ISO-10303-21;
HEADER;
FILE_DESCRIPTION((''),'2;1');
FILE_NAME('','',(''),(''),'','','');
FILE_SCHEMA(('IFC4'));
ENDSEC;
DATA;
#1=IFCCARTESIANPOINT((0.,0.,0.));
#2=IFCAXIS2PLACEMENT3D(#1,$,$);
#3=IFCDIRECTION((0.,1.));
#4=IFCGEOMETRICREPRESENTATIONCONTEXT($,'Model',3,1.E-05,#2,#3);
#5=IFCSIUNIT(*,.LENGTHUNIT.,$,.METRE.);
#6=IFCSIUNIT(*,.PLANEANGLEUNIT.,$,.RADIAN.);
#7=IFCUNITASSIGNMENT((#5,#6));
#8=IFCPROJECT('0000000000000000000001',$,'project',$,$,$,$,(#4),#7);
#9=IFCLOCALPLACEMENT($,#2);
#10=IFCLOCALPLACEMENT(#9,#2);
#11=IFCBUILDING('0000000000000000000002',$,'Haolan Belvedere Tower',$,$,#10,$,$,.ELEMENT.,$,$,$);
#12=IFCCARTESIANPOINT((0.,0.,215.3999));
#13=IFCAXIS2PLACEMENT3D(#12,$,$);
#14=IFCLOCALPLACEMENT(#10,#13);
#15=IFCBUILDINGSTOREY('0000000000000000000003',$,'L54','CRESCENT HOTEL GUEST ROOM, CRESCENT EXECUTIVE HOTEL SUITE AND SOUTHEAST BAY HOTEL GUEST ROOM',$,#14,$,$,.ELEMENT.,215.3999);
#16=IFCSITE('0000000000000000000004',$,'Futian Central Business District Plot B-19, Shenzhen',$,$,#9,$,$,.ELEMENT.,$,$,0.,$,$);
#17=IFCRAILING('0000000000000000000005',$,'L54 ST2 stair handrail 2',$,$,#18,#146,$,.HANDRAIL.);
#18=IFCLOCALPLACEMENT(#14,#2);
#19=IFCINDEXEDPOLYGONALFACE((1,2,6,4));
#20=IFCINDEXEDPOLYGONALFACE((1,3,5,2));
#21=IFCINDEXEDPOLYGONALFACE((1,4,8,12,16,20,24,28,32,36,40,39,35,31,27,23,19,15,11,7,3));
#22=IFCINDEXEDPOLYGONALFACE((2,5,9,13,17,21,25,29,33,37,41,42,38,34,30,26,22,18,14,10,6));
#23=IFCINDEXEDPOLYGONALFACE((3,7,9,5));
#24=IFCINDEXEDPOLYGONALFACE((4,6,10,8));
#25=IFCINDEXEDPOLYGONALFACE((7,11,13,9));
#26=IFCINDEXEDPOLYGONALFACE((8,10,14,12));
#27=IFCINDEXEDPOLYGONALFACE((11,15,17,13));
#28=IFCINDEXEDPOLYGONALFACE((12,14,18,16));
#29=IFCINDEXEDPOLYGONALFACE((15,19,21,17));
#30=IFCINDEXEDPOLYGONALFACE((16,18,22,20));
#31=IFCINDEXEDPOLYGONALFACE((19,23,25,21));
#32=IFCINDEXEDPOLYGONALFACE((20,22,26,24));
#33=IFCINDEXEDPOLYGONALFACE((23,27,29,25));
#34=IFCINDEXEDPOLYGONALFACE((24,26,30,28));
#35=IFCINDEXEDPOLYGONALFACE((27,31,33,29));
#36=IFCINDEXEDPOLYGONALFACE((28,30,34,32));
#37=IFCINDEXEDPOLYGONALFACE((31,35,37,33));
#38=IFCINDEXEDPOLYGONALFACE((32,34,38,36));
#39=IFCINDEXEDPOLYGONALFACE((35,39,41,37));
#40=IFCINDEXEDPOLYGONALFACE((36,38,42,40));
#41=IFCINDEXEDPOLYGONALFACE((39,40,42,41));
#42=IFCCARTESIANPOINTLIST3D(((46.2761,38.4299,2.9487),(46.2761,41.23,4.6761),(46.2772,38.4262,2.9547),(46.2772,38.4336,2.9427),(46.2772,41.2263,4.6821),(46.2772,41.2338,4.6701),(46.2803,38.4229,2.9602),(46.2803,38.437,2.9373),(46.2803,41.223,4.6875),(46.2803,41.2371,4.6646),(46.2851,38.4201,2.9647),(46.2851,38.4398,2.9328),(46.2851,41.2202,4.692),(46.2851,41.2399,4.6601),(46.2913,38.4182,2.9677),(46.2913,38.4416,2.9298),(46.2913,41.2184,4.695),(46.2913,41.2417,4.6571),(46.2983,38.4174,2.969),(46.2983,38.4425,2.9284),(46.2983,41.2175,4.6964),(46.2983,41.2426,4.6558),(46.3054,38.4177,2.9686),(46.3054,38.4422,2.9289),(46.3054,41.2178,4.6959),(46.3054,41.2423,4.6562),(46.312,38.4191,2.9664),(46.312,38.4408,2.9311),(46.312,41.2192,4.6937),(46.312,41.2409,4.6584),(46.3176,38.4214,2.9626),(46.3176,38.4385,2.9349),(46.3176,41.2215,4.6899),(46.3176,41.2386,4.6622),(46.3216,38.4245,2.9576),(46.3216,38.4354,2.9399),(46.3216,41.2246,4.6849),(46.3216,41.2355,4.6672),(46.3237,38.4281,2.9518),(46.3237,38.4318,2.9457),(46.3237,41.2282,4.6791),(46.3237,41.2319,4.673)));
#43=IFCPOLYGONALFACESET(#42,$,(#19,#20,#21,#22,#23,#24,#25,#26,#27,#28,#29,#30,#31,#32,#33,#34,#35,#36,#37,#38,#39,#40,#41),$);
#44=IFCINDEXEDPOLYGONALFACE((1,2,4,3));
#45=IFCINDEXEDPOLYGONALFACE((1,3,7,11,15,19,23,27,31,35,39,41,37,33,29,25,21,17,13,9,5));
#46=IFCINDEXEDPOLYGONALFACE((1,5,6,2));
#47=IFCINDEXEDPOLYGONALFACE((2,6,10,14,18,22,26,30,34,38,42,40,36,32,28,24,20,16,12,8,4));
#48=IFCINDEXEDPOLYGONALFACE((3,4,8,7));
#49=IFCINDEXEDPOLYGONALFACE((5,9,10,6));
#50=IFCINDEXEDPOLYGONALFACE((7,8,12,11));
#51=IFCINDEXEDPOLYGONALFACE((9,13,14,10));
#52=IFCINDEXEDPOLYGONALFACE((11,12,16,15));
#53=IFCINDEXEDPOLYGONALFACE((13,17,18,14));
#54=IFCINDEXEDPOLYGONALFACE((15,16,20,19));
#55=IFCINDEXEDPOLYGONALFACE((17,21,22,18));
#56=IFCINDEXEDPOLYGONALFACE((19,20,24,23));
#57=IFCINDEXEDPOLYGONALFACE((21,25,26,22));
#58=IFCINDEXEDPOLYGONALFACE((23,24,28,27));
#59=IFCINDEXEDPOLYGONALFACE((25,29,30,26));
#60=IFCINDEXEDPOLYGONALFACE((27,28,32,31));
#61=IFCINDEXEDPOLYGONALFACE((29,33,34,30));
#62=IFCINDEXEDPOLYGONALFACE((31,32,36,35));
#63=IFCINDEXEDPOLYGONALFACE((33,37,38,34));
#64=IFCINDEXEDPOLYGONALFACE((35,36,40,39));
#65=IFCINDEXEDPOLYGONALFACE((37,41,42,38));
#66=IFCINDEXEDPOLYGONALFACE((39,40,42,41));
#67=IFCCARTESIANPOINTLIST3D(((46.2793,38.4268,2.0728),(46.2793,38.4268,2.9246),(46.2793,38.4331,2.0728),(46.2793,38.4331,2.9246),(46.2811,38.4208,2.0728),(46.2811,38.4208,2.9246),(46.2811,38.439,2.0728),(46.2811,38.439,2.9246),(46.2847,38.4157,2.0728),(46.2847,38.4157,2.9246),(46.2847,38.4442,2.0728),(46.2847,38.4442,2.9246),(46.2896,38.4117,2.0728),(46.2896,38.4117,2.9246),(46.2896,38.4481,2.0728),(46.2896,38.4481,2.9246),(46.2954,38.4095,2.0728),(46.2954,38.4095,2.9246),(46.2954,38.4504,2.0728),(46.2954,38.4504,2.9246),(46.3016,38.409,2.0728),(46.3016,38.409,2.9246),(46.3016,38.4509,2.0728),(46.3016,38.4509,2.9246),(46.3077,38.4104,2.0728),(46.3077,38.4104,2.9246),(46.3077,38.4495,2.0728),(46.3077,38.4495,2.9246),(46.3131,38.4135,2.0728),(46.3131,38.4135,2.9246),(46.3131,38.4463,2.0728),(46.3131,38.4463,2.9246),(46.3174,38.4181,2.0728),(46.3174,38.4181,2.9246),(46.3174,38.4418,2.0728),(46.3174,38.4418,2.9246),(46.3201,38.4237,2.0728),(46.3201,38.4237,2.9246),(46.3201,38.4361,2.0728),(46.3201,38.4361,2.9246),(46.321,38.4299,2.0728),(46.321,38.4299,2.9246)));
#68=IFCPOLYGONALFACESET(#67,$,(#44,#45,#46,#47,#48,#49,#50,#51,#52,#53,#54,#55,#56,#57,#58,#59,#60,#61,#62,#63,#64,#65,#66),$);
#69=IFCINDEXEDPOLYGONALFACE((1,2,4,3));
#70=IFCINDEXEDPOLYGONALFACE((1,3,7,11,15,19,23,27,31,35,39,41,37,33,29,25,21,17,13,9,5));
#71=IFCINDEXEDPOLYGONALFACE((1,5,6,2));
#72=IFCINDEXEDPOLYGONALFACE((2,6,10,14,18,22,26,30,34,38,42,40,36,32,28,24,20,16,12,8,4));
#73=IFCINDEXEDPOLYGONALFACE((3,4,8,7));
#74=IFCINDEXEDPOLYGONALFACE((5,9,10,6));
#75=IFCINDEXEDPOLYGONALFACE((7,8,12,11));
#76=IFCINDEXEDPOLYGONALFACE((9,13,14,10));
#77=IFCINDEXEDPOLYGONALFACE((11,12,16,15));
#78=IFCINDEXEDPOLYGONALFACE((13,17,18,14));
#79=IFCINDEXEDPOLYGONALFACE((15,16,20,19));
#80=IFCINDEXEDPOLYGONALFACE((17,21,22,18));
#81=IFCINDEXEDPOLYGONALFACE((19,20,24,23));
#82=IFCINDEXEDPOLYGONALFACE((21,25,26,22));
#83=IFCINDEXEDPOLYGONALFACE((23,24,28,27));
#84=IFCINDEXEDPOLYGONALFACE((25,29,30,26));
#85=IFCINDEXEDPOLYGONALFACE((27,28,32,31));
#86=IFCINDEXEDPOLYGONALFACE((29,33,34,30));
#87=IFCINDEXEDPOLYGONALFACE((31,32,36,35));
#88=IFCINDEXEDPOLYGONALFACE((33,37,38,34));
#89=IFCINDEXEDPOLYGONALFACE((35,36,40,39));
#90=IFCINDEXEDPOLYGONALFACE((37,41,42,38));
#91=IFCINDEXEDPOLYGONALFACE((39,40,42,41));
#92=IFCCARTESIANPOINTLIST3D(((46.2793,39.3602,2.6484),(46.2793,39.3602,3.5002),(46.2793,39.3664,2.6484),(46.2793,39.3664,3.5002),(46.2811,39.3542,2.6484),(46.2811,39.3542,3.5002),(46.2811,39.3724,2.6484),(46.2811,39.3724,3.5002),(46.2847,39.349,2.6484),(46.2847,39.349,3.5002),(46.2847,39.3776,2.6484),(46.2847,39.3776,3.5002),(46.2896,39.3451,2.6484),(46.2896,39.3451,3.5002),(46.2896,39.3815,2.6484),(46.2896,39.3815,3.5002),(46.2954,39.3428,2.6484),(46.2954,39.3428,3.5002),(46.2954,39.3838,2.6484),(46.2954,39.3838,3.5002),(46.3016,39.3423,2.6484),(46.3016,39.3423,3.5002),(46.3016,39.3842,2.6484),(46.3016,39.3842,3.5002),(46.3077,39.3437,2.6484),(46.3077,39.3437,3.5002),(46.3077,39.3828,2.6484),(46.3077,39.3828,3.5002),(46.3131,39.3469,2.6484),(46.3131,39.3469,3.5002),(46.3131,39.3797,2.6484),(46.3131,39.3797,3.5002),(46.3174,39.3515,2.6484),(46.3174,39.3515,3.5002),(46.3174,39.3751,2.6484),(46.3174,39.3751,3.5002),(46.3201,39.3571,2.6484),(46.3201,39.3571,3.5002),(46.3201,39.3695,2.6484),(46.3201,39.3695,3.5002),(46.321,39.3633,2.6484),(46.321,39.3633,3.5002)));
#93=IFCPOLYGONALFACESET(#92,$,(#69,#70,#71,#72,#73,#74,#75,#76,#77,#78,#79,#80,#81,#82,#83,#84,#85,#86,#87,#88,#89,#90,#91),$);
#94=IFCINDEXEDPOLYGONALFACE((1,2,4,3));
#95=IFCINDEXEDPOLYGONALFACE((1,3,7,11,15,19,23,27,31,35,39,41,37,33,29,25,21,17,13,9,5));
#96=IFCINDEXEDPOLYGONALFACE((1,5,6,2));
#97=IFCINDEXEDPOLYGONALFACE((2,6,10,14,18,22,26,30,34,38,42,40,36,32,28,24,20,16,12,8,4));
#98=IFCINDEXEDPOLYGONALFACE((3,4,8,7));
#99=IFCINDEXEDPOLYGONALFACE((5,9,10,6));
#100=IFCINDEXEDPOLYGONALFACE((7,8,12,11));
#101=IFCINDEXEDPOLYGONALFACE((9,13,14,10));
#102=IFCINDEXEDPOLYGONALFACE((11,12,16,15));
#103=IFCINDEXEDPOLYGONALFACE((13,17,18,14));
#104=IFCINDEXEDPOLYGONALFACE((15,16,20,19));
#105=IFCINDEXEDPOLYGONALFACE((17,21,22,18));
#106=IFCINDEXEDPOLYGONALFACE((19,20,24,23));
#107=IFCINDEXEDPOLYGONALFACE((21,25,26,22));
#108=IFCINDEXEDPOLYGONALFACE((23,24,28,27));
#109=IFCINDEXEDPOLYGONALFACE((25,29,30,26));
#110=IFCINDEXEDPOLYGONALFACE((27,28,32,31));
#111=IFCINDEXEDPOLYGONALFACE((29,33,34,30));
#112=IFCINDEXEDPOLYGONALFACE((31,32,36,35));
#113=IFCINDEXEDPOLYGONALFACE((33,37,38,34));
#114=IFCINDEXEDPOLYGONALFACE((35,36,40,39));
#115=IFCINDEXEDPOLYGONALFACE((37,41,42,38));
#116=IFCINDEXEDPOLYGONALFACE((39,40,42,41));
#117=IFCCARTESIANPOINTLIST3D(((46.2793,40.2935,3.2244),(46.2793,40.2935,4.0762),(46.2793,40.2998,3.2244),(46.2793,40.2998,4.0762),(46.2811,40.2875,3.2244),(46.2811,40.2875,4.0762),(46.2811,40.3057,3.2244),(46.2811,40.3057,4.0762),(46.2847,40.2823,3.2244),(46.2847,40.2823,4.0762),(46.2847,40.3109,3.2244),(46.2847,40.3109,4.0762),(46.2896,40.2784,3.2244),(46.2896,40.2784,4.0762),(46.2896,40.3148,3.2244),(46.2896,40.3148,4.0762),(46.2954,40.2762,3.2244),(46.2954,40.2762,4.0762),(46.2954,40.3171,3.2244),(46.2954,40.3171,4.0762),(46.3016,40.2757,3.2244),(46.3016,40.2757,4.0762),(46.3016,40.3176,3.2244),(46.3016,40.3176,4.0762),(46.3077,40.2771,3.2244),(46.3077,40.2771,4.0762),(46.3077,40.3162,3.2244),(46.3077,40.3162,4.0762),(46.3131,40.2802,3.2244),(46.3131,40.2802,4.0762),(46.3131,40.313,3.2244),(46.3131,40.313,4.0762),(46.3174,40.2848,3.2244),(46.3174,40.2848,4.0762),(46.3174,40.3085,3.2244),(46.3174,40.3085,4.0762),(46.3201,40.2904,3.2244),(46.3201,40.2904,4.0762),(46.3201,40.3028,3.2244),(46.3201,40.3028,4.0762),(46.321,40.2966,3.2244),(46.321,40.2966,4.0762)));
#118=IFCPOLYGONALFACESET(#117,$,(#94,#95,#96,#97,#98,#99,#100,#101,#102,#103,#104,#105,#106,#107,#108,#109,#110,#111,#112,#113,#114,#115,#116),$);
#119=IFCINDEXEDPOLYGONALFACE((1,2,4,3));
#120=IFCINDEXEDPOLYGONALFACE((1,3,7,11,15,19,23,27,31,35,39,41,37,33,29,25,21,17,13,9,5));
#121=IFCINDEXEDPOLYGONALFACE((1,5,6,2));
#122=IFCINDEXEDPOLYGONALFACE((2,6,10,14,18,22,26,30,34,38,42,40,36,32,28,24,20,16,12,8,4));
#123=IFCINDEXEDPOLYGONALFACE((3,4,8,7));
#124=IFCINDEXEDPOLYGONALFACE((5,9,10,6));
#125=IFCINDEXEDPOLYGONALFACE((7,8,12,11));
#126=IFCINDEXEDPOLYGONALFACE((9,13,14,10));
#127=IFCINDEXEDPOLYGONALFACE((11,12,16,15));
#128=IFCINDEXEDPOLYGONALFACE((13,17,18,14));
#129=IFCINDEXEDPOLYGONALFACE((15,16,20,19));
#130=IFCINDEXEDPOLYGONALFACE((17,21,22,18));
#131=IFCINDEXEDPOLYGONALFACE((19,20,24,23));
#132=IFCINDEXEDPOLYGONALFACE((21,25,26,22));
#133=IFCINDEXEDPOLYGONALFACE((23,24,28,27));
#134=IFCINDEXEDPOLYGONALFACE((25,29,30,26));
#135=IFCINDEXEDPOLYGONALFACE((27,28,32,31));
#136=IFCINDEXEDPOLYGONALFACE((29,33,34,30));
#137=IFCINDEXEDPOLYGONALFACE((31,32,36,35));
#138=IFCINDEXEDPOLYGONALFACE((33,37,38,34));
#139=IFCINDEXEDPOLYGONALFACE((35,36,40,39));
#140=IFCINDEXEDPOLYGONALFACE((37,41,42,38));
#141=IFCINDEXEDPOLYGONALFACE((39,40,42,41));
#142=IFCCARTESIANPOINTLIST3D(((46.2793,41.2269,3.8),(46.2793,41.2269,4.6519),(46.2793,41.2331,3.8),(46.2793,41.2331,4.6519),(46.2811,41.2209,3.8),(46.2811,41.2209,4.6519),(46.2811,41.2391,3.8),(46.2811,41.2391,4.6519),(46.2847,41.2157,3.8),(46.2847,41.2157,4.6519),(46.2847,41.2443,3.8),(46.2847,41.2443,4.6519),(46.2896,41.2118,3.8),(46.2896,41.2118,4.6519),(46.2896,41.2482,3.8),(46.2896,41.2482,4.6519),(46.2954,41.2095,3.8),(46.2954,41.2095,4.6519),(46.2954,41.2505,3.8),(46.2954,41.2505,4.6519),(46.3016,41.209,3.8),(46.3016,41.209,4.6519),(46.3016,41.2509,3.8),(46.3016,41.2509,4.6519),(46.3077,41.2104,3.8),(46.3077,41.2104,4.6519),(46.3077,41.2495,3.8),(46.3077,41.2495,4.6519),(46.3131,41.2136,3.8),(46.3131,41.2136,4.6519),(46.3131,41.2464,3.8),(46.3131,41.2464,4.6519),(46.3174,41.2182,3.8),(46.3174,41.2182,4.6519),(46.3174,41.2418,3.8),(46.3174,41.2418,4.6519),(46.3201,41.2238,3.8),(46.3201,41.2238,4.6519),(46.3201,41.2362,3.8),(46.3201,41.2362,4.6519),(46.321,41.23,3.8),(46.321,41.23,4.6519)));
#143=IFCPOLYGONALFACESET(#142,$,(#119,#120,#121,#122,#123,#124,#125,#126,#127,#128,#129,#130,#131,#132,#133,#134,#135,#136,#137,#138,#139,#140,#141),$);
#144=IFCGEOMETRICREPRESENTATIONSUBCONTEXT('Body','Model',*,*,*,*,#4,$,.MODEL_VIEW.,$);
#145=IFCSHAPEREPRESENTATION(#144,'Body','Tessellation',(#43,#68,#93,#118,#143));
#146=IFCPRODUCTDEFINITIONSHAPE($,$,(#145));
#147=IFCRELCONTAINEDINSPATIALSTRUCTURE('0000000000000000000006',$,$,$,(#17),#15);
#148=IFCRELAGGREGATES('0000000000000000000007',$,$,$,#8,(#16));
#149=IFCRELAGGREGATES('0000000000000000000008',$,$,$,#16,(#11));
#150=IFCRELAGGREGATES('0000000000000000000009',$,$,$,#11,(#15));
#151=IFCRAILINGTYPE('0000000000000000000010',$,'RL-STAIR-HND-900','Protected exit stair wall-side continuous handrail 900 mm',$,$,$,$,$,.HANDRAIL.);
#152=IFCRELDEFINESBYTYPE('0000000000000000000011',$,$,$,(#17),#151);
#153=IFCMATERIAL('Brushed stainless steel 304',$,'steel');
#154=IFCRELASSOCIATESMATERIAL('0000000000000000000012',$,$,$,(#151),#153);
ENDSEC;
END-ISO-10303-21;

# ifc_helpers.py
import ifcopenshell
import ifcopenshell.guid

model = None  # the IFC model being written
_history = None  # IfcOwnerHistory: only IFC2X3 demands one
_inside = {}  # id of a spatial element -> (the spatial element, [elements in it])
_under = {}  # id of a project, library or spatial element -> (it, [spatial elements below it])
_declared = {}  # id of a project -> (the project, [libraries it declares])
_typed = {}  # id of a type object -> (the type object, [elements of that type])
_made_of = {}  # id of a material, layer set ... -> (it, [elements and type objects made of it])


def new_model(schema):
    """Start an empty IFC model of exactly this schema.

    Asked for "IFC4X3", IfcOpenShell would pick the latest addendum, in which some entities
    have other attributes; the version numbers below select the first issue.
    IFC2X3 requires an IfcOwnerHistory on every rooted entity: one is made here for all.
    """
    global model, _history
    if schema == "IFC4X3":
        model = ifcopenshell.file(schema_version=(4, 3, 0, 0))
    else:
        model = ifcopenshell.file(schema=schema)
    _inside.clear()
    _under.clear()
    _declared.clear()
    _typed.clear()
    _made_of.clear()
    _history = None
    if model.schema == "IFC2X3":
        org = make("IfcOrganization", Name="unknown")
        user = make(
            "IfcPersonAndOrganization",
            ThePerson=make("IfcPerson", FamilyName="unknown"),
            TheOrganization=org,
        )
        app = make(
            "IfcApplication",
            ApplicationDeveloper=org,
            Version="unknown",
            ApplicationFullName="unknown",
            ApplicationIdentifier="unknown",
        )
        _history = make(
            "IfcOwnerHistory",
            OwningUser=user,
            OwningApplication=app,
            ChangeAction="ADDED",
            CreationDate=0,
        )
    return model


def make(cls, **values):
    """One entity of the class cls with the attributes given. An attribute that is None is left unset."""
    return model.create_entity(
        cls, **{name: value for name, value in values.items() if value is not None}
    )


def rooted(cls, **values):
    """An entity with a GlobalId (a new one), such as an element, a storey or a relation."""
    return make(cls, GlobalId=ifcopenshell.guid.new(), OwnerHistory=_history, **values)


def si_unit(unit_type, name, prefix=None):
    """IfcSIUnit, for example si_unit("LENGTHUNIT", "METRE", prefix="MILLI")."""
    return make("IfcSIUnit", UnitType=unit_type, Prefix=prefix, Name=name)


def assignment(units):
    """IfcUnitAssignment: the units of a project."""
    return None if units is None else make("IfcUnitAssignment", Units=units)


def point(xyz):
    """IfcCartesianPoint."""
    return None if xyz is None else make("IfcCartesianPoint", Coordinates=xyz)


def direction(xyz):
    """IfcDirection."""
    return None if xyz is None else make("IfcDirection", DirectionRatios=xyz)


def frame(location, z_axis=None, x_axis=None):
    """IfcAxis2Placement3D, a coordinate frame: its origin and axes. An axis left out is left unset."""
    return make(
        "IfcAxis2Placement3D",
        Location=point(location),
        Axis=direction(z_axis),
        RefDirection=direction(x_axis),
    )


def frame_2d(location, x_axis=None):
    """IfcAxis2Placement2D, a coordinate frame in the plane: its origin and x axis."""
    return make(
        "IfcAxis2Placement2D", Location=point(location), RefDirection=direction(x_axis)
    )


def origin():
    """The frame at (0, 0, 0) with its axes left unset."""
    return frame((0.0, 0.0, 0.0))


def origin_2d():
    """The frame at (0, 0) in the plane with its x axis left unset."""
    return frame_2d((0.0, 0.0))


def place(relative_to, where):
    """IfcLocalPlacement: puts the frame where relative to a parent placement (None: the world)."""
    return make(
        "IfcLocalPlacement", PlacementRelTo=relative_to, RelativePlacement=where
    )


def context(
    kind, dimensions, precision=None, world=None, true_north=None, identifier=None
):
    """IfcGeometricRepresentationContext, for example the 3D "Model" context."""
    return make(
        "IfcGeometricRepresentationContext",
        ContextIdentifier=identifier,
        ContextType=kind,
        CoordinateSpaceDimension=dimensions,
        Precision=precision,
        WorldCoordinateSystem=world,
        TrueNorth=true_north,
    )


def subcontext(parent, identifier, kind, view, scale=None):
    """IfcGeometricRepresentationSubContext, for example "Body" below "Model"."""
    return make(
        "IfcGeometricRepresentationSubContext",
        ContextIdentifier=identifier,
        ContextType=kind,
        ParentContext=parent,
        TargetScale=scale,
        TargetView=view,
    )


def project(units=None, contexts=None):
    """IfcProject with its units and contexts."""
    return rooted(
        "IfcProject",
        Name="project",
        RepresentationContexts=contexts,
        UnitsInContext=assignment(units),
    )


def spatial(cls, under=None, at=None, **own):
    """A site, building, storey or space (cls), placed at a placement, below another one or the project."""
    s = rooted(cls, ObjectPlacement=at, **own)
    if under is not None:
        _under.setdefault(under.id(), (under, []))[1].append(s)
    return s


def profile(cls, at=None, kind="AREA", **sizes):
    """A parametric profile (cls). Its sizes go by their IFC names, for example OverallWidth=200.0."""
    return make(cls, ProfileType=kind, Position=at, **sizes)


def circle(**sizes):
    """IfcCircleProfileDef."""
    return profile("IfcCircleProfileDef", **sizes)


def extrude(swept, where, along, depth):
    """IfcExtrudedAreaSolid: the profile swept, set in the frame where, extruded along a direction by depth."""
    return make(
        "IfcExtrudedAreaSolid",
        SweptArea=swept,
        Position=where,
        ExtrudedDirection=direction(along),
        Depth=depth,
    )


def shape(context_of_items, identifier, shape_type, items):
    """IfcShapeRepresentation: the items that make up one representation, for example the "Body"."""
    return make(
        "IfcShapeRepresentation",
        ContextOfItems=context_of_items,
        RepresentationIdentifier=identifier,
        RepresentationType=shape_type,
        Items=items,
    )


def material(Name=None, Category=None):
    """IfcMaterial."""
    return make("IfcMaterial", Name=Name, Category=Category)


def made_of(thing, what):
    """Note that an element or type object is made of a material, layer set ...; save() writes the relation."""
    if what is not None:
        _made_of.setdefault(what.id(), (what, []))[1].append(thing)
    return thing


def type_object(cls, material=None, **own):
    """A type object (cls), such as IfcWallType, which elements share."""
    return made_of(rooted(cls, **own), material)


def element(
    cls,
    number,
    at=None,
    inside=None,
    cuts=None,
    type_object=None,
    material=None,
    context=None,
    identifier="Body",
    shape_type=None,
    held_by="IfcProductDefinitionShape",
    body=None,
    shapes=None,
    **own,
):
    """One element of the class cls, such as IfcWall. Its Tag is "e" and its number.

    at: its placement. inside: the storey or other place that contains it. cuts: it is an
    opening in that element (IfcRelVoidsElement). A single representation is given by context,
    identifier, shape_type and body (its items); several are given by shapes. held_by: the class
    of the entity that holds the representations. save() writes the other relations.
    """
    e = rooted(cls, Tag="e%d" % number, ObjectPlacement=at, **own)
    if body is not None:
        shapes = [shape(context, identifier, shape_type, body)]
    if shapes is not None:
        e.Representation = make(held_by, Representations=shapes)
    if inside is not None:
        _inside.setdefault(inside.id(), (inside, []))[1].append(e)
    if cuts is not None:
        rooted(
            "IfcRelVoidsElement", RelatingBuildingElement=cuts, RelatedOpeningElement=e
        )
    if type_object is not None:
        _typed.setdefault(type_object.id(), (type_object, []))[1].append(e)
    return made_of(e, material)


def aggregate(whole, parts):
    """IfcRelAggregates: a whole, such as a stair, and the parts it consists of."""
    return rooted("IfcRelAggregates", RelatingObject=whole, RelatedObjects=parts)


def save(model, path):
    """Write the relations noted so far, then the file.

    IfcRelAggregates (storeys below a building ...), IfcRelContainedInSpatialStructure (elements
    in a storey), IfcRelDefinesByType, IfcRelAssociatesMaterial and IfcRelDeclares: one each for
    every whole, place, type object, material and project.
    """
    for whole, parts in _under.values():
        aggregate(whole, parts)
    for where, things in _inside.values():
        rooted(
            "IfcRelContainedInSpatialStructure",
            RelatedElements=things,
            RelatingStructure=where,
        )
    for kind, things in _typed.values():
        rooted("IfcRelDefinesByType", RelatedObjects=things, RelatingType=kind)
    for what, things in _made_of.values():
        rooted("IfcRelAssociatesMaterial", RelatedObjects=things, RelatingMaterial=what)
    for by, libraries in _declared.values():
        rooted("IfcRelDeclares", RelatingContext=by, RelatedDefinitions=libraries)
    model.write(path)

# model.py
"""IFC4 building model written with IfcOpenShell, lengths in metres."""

from ifc_helpers import new_model, si_unit, direction, frame, origin, origin_2d, place, context, subcontext, project, spatial, circle, extrude, material, type_object, element, save


model = new_model("IFC4")

# Units and contexts
model_context = context("Model", 3, precision=1e-05, world=origin(), true_north=direction((0.0, 1.0)))
body_context = subcontext(model_context, "Body", "Model", "MODEL_VIEW")
ifc_project = project(units=[si_unit("LENGTHUNIT", "METRE"), si_unit("PLANEANGLEUNIT", "RADIAN")], contexts=[model_context])

# Site, building, storey
site_placement = place(None, origin())
site = spatial("IfcSite", under=ifc_project, at=site_placement, Name="Futian Central Business District Plot B-19, Shenzhen", CompositionType="ELEMENT", RefElevation=0.0)
building_placement = place(site_placement, origin())
building = spatial("IfcBuilding", under=site, at=building_placement, Name="Haolan Belvedere Tower", CompositionType="ELEMENT")
storey_placement = place(building_placement, frame((0.0, 0.0, 215.3999)))
storey = spatial("IfcBuildingStorey", under=building, at=storey_placement, Name="L54", Description="CRESCENT HOTEL GUEST ROOM, CRESCENT EXECUTIVE HOTEL SUITE AND SOUTHEAST BAY HOTEL GUEST ROOM", CompositionType="ELEMENT", Elevation=215.3999)

# Railing
ifc_material_1 = material(Name="Brushed stainless steel 304", Category="steel")
railing_type = type_object("IfcRailingType", Name="RL-STAIR-HND-900", Description="Protected exit stair wall-side continuous handrail 900 mm", PredefinedType="HANDRAIL", material=ifc_material_1)
railing_placement = place(storey_placement, frame((46.3, 38.4299, 2.0728)))
element("IfcRailing", 1, at=railing_placement, inside=storey, type_object=railing_type, Name="L54 ST2 stair handrail 2", PredefinedType="HANDRAIL", context=body_context, shape_type="SweptSolid", body=[
    extrude(circle(Radius=0.0239, at=origin_2d()), frame((0.0, 0.0, 0.876), z_axis=(0.0, 0.85109, 0.52502), x_axis=(-1.0, 0.0, 0.0)), (0.0, 0.0, 1.0), 3.29),
    extrude(circle(Radius=0.021, at=origin_2d()), origin(), (0.0, 0.0, 1.0), 0.8518),
    extrude(circle(Radius=0.021, at=origin_2d()), frame((0.0, 0.9333, 0.5757)), (0.0, 0.0, 1.0), 0.8518),
    extrude(circle(Radius=0.021, at=origin_2d()), frame((0.0, 1.8667, 1.1516)), (0.0, 0.0, 1.0), 0.8518),
    extrude(circle(Radius=0.021, at=origin_2d()), frame((0.0, 2.8, 1.7273)), (0.0, 0.0, 1.0), 0.8518),
])

save(model, "model.ifc")
